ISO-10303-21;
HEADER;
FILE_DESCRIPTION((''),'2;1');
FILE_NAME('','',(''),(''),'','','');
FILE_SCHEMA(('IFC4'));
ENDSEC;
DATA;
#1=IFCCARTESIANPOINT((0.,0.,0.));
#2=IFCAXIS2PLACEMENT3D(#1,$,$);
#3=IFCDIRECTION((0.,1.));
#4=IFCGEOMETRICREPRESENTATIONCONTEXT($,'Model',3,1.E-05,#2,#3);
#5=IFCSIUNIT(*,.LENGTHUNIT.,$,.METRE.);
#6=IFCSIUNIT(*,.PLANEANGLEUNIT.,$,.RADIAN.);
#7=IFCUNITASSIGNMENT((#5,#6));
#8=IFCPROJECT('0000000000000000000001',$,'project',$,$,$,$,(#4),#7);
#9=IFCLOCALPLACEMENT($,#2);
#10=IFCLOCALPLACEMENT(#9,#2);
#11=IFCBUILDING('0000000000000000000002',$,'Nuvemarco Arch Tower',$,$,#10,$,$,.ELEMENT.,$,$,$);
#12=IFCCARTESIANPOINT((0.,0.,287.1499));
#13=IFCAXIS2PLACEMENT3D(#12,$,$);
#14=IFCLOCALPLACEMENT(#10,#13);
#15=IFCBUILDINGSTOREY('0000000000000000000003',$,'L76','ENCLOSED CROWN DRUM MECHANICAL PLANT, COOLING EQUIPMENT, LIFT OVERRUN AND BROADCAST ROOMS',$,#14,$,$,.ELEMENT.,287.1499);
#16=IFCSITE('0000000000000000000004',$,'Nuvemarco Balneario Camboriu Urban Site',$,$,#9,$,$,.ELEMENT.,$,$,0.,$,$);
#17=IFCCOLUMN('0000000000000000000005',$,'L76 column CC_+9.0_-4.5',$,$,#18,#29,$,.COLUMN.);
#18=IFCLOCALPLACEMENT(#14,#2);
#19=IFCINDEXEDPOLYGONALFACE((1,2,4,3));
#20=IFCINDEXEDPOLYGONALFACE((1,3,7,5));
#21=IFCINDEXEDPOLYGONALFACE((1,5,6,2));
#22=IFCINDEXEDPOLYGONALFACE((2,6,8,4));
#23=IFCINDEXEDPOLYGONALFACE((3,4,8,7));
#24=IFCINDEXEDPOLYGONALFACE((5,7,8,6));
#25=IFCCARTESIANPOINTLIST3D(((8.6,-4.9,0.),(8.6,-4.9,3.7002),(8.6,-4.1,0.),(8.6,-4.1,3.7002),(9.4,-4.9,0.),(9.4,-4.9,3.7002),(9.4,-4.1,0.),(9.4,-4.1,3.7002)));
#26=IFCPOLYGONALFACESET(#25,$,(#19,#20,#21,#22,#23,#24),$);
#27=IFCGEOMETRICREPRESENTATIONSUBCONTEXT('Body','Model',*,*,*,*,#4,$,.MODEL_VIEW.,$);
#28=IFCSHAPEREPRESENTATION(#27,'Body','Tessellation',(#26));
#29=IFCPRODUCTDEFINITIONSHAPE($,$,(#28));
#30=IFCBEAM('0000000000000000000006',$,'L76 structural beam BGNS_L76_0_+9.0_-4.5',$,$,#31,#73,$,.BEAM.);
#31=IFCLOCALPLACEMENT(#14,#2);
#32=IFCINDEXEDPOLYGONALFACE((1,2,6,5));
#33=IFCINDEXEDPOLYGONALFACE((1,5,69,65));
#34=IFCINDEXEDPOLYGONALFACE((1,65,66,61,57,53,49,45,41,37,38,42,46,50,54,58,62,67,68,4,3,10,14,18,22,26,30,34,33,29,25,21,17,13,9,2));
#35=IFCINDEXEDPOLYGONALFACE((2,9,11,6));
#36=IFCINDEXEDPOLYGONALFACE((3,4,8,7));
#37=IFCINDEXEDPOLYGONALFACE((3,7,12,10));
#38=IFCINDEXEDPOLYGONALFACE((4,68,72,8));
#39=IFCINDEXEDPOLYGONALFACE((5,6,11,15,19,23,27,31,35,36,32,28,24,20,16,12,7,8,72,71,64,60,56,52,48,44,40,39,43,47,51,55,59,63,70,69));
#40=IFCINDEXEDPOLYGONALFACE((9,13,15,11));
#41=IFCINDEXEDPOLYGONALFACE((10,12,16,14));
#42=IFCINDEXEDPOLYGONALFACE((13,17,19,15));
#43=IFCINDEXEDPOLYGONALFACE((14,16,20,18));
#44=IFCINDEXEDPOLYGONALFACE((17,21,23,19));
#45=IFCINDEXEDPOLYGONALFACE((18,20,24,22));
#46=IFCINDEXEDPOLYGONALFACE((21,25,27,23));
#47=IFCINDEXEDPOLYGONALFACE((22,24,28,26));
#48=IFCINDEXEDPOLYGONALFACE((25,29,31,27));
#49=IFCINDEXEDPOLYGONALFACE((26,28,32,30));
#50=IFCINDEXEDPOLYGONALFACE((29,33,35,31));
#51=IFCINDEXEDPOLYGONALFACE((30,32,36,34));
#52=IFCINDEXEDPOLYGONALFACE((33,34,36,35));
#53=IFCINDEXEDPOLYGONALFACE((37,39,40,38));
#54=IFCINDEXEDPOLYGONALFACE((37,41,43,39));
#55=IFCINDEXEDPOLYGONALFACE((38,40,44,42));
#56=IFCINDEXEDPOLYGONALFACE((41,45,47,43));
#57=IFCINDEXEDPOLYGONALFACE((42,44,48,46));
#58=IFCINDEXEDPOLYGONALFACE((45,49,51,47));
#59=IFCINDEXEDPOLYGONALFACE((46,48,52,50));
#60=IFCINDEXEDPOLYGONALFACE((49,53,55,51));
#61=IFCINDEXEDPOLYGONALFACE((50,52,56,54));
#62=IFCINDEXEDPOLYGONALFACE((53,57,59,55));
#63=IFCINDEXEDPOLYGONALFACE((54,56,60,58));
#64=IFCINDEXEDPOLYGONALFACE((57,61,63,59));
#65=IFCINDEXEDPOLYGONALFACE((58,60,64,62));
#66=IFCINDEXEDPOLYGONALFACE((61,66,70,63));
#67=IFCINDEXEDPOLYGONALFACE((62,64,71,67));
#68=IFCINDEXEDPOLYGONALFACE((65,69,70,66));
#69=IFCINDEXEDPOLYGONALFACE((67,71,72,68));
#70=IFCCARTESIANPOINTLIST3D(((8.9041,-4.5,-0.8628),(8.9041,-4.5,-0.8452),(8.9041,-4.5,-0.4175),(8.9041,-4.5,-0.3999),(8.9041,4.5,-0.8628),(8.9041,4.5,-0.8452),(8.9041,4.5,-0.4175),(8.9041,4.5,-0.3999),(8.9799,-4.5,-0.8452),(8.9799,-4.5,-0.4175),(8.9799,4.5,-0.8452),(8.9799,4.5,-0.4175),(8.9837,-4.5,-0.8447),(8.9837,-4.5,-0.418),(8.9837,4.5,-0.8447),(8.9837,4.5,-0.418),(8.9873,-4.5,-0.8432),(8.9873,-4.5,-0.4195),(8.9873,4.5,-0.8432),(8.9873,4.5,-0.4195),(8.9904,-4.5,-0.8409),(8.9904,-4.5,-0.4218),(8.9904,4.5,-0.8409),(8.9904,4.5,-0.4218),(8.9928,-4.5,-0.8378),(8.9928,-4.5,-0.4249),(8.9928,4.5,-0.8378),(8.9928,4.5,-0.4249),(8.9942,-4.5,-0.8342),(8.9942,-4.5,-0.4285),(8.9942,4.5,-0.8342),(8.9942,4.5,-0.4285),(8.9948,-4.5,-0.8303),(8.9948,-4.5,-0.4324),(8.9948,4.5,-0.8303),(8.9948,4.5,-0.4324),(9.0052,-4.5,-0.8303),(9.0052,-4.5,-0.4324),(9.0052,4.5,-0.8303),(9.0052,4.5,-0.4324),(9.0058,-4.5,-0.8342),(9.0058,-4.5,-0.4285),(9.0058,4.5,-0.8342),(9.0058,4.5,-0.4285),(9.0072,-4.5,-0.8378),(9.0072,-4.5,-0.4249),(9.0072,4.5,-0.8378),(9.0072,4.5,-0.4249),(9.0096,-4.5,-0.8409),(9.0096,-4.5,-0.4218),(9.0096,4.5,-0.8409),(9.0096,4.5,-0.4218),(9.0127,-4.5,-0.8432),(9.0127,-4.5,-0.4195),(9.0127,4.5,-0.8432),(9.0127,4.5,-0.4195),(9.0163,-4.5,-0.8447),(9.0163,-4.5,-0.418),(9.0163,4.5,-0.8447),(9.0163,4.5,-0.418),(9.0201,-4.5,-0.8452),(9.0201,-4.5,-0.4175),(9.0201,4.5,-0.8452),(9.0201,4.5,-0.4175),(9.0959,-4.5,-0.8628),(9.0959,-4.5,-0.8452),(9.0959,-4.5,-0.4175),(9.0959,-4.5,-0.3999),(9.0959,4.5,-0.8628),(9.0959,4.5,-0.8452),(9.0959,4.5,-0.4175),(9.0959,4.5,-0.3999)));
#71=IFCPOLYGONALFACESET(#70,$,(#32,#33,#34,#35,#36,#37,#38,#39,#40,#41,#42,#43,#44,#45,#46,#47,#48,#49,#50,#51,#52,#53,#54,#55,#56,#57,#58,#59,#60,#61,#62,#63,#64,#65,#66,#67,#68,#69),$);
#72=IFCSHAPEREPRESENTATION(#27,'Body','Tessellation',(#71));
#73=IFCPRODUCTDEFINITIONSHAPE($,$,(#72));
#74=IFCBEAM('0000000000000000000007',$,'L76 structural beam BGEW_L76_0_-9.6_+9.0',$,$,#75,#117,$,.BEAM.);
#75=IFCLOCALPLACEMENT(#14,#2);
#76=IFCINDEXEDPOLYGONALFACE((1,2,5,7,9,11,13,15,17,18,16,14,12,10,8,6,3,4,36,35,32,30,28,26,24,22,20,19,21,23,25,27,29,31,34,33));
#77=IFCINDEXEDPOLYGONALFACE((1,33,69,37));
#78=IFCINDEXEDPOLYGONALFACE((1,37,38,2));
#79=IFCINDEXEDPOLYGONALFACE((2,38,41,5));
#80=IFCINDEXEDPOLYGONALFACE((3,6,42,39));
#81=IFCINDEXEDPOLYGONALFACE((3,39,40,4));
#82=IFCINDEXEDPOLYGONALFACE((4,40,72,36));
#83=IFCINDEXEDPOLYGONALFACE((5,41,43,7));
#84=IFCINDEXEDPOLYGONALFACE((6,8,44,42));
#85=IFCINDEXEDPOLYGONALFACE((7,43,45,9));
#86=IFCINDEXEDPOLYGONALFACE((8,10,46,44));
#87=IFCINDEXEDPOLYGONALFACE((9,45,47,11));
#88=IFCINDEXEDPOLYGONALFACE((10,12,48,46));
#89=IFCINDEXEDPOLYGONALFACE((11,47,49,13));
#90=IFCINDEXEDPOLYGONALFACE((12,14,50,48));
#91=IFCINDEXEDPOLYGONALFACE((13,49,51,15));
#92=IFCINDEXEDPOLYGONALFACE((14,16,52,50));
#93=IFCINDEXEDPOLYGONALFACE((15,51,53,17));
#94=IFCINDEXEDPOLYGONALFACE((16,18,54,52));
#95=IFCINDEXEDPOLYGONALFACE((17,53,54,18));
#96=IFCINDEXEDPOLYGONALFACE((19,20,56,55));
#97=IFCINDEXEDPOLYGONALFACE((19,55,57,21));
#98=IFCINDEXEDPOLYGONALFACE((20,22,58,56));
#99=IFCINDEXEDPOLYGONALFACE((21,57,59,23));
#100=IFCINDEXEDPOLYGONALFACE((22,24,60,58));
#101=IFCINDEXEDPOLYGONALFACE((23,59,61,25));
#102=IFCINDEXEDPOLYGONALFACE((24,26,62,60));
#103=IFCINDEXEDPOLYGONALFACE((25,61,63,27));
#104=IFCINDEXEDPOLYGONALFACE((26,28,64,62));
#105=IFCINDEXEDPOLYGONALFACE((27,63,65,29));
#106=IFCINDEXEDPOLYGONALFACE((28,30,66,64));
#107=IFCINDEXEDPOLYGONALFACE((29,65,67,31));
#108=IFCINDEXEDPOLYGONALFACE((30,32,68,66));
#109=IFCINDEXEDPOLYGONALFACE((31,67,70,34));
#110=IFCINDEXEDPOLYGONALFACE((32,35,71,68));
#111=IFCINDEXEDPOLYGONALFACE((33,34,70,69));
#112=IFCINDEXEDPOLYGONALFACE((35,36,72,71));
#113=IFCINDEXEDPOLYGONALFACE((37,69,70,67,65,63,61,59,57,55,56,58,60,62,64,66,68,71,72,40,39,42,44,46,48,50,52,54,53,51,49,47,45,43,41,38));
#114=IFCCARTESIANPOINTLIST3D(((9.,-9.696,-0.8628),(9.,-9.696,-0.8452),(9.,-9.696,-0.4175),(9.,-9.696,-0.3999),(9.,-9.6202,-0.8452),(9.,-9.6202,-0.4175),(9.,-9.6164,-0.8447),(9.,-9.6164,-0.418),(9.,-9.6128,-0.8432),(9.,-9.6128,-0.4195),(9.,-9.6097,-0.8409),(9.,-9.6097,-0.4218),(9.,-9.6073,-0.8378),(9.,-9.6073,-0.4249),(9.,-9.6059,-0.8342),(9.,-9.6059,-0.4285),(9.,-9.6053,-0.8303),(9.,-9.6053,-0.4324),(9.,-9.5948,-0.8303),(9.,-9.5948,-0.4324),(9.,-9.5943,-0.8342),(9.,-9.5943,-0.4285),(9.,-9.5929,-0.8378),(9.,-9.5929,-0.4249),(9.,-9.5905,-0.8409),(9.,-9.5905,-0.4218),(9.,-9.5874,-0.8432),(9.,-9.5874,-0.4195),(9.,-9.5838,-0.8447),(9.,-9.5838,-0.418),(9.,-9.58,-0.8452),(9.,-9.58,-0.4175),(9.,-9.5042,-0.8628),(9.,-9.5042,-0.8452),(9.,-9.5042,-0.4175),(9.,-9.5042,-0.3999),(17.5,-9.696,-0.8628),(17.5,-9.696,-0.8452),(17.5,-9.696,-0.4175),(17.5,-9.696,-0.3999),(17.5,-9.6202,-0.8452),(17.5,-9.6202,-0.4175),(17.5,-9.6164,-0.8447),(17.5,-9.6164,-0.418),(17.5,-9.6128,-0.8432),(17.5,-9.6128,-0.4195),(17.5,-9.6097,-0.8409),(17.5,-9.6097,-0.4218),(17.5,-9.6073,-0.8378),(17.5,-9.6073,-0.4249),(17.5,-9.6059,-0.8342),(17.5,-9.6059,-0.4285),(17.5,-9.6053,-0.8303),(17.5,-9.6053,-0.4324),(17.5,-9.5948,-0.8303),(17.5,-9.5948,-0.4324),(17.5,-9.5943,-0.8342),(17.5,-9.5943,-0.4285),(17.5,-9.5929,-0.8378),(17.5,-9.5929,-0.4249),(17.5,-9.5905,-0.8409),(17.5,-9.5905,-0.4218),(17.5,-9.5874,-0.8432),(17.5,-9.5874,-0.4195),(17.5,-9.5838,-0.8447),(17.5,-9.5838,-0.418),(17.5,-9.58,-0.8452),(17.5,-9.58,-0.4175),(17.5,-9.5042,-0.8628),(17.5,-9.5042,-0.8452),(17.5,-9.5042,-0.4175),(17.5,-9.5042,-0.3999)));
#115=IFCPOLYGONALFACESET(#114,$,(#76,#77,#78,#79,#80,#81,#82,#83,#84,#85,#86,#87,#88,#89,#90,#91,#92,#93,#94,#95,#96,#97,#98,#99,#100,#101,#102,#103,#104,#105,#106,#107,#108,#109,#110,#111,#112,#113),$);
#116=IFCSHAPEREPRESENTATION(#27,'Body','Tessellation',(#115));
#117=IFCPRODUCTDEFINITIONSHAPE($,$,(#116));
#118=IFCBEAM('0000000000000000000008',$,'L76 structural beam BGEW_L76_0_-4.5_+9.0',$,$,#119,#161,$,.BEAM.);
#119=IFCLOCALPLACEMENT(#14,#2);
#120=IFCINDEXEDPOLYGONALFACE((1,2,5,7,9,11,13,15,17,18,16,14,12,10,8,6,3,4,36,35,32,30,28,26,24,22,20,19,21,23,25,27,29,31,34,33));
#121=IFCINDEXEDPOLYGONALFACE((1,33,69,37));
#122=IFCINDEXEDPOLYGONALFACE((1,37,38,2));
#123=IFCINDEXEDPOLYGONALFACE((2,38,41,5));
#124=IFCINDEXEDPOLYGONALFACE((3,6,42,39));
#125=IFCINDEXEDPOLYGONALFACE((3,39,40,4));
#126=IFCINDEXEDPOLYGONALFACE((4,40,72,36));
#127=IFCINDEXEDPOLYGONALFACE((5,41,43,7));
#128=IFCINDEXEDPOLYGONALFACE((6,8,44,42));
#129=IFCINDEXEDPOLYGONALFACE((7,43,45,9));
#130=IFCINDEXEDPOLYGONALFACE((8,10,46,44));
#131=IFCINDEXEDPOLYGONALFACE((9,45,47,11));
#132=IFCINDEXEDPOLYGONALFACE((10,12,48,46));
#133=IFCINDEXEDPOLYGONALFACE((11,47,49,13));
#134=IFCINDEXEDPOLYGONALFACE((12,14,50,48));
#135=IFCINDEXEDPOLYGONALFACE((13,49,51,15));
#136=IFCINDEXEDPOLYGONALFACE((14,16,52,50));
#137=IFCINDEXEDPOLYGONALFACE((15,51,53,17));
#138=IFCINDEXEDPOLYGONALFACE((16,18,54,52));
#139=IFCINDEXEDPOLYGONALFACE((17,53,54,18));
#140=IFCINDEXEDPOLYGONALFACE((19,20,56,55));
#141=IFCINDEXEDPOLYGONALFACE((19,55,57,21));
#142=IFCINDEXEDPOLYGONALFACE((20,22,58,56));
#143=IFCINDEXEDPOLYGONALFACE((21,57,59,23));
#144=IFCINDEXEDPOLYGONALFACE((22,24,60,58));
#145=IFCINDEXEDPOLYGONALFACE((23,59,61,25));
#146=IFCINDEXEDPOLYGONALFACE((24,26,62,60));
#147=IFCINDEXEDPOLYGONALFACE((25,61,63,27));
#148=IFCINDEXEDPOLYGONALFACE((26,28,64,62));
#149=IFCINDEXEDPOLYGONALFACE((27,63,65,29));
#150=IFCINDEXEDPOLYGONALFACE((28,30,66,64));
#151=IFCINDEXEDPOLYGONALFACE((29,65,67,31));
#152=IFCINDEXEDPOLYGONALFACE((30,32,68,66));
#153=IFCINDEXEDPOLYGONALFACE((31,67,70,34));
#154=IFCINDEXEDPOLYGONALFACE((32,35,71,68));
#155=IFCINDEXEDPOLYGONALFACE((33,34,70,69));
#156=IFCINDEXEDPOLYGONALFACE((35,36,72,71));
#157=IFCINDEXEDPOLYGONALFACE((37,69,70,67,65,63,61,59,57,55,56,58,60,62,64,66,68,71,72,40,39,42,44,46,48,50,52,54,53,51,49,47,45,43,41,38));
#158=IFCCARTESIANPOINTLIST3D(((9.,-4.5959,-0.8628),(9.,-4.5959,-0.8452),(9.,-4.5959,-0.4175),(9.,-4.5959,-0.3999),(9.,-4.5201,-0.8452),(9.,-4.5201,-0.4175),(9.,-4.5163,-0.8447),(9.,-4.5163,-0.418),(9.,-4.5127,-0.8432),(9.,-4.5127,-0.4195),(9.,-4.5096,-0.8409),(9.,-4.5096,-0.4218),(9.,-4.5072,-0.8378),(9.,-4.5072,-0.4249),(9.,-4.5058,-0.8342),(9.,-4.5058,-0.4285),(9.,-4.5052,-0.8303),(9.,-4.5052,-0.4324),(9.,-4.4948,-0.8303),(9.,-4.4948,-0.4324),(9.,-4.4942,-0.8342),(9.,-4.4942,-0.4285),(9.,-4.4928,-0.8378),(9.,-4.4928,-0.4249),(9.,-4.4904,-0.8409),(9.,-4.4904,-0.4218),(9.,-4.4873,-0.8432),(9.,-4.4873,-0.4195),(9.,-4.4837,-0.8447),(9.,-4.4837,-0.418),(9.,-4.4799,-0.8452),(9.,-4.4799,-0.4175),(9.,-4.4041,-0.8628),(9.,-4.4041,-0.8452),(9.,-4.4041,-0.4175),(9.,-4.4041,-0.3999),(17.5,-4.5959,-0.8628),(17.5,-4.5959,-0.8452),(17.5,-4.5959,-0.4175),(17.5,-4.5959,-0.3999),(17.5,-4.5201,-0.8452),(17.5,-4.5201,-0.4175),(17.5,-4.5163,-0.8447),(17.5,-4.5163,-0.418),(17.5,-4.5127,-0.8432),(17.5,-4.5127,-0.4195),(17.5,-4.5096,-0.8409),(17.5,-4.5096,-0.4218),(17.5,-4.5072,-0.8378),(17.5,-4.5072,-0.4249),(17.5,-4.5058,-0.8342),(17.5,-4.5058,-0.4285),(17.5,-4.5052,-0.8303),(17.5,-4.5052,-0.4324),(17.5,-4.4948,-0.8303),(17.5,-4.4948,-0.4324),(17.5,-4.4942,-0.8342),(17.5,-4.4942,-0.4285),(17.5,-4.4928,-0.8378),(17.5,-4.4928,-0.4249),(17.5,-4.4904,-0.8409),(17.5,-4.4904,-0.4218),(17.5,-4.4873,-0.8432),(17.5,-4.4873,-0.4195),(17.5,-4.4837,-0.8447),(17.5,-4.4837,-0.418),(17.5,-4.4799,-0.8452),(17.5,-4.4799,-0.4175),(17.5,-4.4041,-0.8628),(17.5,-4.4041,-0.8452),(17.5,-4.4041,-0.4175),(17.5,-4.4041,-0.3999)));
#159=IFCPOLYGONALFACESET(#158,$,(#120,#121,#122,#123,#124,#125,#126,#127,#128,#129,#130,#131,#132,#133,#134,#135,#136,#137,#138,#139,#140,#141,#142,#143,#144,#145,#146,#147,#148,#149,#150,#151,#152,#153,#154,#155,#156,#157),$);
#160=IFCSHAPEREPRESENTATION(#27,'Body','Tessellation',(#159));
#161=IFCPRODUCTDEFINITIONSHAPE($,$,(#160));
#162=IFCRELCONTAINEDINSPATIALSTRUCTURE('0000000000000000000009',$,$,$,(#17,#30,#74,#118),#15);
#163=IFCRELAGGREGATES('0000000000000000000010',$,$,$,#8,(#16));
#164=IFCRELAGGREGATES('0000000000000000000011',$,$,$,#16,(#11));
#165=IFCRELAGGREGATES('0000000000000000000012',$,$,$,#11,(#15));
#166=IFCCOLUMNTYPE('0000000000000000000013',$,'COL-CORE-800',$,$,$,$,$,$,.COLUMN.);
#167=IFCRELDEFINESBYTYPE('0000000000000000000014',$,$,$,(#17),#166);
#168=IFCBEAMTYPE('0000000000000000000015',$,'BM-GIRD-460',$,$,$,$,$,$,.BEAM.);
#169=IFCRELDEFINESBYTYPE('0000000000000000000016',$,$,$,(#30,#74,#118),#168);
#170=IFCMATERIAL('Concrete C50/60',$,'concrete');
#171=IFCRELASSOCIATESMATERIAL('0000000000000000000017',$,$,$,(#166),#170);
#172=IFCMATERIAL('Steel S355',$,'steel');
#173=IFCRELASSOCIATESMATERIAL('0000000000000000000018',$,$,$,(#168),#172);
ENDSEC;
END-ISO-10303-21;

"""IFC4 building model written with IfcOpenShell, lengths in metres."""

from ifc_helpers import new_model, si_unit, direction, frame, origin, origin_2d, place, context, subcontext, project, spatial, rectangle, i_section, extrude, material, material_profile, profile_set, type_object, element, save


model = new_model("IFC4")

# Units and contexts
model_context = context("Model", 3, precision=1e-05, world=origin(), true_north=direction((0.0, 1.0)))
body_context = subcontext(model_context, "Body", "Model", "MODEL_VIEW")
ifc_project = project(units=[si_unit("LENGTHUNIT", "METRE"), si_unit("PLANEANGLEUNIT", "RADIAN")], contexts=[model_context])

# Site, building, storey
site_placement = place(None, origin())
site = spatial("IfcSite", under=ifc_project, at=site_placement, Name="Nuvemarco Balneario Camboriu Urban Site", CompositionType="ELEMENT", RefElevation=0.0)
building_placement = place(site_placement, origin())
building = spatial("IfcBuilding", under=site, at=building_placement, Name="Nuvemarco Arch Tower", CompositionType="ELEMENT")
storey_placement = place(building_placement, frame((0.0, 0.0, 287.1499)))
storey = spatial("IfcBuildingStorey", under=building, at=storey_placement, Name="L76", Description="ENCLOSED CROWN DRUM MECHANICAL PLANT, COOLING EQUIPMENT, LIFT OVERRUN AND BROADCAST ROOMS", CompositionType="ELEMENT", Elevation=287.1499)

# Column
ifc_material_1 = material(Name="Concrete C50/60", Category="concrete")
ifc_material_profile_1 = material_profile(ifc_material_1, rectangle(XDim=0.8, YDim=0.8, at=origin_2d()), Name="RC-COL-800x800")
ifc_profile_set_1 = profile_set([ifc_material_profile_1], Name="Concrete C50/60")
column_type = type_object("IfcColumnType", Name="COL-CORE-800", PredefinedType="COLUMN", material=ifc_profile_set_1)
column_placement = place(storey_placement, frame((9.0, -4.5, 0.0), z_axis=(0.0, 0.0, 1.0), x_axis=(1.0, 0.0, 0.0)))
element("IfcColumn", 1, at=column_placement, inside=storey, type_object=column_type, Name="L76 column CC_+9.0_-4.5", PredefinedType="COLUMN", context=body_context, shape_type="SweptSolid", body=[
    extrude(rectangle(XDim=0.8, YDim=0.8, at=origin_2d()), origin(), (0.0, 0.0, 1.0), 3.7002),
])

# Beams
ifc_material_2 = material(Name="Steel S355", Category="steel")
ifc_material_profile_2 = material_profile(ifc_material_2, i_section(OverallWidth=0.1919, OverallDepth=0.4629, WebThickness=0.0105, FlangeThickness=0.0176, FilletRadius=0.0149, at=origin_2d()), Name="W460x89")
ifc_profile_set_2 = profile_set([ifc_material_profile_2], Name="Steel S355")
beam_type = type_object("IfcBeamType", Name="BM-GIRD-460", PredefinedType="BEAM", material=ifc_profile_set_2)
beam_placement = place(storey_placement, frame((9.0, -4.5, -0.6313), z_axis=(0.0, 1.0, 0.0), x_axis=(-1.0, 0.0, 0.0)))
element("IfcBeam", 2, at=beam_placement, inside=storey, type_object=beam_type, Name="L76 structural beam BGNS_L76_0_+9.0_-4.5", PredefinedType="BEAM", context=body_context, shape_type="SweptSolid", body=[
    extrude(i_section(OverallWidth=0.1919, OverallDepth=0.4629, WebThickness=0.0105, FlangeThickness=0.0176, FilletRadius=0.0149, at=origin_2d()), origin(), (0.0, 0.0, 1.0), 9.0),
])
for number, where, z_axis, x_axis, name in (
    (3, (9.0, -9.6001, -0.6313), (1.0, 0.0, 0.0), (0.0, 1.0, 0.0), "L76 structural beam BGEW_L76_0_-9.6_+9.0"),
    (4, (9.0, -4.5, -0.6313), (1.0, 0.0, 0.0), (0.0, 1.0, 0.0), "L76 structural beam BGEW_L76_0_-4.5_+9.0"),
):
    element("IfcBeam", number, at=place(storey_placement, frame(where, z_axis=z_axis, x_axis=x_axis)), inside=storey, type_object=beam_type, Name=name, PredefinedType="BEAM", context=body_context, shape_type="SweptSolid", body=[
        extrude(i_section(OverallWidth=0.1919, OverallDepth=0.4629, WebThickness=0.0105, FlangeThickness=0.0176, FilletRadius=0.0149, at=origin_2d()), origin(), (0.0, 0.0, 1.0), 8.5),
    ])

save(model, "model.ifc")
